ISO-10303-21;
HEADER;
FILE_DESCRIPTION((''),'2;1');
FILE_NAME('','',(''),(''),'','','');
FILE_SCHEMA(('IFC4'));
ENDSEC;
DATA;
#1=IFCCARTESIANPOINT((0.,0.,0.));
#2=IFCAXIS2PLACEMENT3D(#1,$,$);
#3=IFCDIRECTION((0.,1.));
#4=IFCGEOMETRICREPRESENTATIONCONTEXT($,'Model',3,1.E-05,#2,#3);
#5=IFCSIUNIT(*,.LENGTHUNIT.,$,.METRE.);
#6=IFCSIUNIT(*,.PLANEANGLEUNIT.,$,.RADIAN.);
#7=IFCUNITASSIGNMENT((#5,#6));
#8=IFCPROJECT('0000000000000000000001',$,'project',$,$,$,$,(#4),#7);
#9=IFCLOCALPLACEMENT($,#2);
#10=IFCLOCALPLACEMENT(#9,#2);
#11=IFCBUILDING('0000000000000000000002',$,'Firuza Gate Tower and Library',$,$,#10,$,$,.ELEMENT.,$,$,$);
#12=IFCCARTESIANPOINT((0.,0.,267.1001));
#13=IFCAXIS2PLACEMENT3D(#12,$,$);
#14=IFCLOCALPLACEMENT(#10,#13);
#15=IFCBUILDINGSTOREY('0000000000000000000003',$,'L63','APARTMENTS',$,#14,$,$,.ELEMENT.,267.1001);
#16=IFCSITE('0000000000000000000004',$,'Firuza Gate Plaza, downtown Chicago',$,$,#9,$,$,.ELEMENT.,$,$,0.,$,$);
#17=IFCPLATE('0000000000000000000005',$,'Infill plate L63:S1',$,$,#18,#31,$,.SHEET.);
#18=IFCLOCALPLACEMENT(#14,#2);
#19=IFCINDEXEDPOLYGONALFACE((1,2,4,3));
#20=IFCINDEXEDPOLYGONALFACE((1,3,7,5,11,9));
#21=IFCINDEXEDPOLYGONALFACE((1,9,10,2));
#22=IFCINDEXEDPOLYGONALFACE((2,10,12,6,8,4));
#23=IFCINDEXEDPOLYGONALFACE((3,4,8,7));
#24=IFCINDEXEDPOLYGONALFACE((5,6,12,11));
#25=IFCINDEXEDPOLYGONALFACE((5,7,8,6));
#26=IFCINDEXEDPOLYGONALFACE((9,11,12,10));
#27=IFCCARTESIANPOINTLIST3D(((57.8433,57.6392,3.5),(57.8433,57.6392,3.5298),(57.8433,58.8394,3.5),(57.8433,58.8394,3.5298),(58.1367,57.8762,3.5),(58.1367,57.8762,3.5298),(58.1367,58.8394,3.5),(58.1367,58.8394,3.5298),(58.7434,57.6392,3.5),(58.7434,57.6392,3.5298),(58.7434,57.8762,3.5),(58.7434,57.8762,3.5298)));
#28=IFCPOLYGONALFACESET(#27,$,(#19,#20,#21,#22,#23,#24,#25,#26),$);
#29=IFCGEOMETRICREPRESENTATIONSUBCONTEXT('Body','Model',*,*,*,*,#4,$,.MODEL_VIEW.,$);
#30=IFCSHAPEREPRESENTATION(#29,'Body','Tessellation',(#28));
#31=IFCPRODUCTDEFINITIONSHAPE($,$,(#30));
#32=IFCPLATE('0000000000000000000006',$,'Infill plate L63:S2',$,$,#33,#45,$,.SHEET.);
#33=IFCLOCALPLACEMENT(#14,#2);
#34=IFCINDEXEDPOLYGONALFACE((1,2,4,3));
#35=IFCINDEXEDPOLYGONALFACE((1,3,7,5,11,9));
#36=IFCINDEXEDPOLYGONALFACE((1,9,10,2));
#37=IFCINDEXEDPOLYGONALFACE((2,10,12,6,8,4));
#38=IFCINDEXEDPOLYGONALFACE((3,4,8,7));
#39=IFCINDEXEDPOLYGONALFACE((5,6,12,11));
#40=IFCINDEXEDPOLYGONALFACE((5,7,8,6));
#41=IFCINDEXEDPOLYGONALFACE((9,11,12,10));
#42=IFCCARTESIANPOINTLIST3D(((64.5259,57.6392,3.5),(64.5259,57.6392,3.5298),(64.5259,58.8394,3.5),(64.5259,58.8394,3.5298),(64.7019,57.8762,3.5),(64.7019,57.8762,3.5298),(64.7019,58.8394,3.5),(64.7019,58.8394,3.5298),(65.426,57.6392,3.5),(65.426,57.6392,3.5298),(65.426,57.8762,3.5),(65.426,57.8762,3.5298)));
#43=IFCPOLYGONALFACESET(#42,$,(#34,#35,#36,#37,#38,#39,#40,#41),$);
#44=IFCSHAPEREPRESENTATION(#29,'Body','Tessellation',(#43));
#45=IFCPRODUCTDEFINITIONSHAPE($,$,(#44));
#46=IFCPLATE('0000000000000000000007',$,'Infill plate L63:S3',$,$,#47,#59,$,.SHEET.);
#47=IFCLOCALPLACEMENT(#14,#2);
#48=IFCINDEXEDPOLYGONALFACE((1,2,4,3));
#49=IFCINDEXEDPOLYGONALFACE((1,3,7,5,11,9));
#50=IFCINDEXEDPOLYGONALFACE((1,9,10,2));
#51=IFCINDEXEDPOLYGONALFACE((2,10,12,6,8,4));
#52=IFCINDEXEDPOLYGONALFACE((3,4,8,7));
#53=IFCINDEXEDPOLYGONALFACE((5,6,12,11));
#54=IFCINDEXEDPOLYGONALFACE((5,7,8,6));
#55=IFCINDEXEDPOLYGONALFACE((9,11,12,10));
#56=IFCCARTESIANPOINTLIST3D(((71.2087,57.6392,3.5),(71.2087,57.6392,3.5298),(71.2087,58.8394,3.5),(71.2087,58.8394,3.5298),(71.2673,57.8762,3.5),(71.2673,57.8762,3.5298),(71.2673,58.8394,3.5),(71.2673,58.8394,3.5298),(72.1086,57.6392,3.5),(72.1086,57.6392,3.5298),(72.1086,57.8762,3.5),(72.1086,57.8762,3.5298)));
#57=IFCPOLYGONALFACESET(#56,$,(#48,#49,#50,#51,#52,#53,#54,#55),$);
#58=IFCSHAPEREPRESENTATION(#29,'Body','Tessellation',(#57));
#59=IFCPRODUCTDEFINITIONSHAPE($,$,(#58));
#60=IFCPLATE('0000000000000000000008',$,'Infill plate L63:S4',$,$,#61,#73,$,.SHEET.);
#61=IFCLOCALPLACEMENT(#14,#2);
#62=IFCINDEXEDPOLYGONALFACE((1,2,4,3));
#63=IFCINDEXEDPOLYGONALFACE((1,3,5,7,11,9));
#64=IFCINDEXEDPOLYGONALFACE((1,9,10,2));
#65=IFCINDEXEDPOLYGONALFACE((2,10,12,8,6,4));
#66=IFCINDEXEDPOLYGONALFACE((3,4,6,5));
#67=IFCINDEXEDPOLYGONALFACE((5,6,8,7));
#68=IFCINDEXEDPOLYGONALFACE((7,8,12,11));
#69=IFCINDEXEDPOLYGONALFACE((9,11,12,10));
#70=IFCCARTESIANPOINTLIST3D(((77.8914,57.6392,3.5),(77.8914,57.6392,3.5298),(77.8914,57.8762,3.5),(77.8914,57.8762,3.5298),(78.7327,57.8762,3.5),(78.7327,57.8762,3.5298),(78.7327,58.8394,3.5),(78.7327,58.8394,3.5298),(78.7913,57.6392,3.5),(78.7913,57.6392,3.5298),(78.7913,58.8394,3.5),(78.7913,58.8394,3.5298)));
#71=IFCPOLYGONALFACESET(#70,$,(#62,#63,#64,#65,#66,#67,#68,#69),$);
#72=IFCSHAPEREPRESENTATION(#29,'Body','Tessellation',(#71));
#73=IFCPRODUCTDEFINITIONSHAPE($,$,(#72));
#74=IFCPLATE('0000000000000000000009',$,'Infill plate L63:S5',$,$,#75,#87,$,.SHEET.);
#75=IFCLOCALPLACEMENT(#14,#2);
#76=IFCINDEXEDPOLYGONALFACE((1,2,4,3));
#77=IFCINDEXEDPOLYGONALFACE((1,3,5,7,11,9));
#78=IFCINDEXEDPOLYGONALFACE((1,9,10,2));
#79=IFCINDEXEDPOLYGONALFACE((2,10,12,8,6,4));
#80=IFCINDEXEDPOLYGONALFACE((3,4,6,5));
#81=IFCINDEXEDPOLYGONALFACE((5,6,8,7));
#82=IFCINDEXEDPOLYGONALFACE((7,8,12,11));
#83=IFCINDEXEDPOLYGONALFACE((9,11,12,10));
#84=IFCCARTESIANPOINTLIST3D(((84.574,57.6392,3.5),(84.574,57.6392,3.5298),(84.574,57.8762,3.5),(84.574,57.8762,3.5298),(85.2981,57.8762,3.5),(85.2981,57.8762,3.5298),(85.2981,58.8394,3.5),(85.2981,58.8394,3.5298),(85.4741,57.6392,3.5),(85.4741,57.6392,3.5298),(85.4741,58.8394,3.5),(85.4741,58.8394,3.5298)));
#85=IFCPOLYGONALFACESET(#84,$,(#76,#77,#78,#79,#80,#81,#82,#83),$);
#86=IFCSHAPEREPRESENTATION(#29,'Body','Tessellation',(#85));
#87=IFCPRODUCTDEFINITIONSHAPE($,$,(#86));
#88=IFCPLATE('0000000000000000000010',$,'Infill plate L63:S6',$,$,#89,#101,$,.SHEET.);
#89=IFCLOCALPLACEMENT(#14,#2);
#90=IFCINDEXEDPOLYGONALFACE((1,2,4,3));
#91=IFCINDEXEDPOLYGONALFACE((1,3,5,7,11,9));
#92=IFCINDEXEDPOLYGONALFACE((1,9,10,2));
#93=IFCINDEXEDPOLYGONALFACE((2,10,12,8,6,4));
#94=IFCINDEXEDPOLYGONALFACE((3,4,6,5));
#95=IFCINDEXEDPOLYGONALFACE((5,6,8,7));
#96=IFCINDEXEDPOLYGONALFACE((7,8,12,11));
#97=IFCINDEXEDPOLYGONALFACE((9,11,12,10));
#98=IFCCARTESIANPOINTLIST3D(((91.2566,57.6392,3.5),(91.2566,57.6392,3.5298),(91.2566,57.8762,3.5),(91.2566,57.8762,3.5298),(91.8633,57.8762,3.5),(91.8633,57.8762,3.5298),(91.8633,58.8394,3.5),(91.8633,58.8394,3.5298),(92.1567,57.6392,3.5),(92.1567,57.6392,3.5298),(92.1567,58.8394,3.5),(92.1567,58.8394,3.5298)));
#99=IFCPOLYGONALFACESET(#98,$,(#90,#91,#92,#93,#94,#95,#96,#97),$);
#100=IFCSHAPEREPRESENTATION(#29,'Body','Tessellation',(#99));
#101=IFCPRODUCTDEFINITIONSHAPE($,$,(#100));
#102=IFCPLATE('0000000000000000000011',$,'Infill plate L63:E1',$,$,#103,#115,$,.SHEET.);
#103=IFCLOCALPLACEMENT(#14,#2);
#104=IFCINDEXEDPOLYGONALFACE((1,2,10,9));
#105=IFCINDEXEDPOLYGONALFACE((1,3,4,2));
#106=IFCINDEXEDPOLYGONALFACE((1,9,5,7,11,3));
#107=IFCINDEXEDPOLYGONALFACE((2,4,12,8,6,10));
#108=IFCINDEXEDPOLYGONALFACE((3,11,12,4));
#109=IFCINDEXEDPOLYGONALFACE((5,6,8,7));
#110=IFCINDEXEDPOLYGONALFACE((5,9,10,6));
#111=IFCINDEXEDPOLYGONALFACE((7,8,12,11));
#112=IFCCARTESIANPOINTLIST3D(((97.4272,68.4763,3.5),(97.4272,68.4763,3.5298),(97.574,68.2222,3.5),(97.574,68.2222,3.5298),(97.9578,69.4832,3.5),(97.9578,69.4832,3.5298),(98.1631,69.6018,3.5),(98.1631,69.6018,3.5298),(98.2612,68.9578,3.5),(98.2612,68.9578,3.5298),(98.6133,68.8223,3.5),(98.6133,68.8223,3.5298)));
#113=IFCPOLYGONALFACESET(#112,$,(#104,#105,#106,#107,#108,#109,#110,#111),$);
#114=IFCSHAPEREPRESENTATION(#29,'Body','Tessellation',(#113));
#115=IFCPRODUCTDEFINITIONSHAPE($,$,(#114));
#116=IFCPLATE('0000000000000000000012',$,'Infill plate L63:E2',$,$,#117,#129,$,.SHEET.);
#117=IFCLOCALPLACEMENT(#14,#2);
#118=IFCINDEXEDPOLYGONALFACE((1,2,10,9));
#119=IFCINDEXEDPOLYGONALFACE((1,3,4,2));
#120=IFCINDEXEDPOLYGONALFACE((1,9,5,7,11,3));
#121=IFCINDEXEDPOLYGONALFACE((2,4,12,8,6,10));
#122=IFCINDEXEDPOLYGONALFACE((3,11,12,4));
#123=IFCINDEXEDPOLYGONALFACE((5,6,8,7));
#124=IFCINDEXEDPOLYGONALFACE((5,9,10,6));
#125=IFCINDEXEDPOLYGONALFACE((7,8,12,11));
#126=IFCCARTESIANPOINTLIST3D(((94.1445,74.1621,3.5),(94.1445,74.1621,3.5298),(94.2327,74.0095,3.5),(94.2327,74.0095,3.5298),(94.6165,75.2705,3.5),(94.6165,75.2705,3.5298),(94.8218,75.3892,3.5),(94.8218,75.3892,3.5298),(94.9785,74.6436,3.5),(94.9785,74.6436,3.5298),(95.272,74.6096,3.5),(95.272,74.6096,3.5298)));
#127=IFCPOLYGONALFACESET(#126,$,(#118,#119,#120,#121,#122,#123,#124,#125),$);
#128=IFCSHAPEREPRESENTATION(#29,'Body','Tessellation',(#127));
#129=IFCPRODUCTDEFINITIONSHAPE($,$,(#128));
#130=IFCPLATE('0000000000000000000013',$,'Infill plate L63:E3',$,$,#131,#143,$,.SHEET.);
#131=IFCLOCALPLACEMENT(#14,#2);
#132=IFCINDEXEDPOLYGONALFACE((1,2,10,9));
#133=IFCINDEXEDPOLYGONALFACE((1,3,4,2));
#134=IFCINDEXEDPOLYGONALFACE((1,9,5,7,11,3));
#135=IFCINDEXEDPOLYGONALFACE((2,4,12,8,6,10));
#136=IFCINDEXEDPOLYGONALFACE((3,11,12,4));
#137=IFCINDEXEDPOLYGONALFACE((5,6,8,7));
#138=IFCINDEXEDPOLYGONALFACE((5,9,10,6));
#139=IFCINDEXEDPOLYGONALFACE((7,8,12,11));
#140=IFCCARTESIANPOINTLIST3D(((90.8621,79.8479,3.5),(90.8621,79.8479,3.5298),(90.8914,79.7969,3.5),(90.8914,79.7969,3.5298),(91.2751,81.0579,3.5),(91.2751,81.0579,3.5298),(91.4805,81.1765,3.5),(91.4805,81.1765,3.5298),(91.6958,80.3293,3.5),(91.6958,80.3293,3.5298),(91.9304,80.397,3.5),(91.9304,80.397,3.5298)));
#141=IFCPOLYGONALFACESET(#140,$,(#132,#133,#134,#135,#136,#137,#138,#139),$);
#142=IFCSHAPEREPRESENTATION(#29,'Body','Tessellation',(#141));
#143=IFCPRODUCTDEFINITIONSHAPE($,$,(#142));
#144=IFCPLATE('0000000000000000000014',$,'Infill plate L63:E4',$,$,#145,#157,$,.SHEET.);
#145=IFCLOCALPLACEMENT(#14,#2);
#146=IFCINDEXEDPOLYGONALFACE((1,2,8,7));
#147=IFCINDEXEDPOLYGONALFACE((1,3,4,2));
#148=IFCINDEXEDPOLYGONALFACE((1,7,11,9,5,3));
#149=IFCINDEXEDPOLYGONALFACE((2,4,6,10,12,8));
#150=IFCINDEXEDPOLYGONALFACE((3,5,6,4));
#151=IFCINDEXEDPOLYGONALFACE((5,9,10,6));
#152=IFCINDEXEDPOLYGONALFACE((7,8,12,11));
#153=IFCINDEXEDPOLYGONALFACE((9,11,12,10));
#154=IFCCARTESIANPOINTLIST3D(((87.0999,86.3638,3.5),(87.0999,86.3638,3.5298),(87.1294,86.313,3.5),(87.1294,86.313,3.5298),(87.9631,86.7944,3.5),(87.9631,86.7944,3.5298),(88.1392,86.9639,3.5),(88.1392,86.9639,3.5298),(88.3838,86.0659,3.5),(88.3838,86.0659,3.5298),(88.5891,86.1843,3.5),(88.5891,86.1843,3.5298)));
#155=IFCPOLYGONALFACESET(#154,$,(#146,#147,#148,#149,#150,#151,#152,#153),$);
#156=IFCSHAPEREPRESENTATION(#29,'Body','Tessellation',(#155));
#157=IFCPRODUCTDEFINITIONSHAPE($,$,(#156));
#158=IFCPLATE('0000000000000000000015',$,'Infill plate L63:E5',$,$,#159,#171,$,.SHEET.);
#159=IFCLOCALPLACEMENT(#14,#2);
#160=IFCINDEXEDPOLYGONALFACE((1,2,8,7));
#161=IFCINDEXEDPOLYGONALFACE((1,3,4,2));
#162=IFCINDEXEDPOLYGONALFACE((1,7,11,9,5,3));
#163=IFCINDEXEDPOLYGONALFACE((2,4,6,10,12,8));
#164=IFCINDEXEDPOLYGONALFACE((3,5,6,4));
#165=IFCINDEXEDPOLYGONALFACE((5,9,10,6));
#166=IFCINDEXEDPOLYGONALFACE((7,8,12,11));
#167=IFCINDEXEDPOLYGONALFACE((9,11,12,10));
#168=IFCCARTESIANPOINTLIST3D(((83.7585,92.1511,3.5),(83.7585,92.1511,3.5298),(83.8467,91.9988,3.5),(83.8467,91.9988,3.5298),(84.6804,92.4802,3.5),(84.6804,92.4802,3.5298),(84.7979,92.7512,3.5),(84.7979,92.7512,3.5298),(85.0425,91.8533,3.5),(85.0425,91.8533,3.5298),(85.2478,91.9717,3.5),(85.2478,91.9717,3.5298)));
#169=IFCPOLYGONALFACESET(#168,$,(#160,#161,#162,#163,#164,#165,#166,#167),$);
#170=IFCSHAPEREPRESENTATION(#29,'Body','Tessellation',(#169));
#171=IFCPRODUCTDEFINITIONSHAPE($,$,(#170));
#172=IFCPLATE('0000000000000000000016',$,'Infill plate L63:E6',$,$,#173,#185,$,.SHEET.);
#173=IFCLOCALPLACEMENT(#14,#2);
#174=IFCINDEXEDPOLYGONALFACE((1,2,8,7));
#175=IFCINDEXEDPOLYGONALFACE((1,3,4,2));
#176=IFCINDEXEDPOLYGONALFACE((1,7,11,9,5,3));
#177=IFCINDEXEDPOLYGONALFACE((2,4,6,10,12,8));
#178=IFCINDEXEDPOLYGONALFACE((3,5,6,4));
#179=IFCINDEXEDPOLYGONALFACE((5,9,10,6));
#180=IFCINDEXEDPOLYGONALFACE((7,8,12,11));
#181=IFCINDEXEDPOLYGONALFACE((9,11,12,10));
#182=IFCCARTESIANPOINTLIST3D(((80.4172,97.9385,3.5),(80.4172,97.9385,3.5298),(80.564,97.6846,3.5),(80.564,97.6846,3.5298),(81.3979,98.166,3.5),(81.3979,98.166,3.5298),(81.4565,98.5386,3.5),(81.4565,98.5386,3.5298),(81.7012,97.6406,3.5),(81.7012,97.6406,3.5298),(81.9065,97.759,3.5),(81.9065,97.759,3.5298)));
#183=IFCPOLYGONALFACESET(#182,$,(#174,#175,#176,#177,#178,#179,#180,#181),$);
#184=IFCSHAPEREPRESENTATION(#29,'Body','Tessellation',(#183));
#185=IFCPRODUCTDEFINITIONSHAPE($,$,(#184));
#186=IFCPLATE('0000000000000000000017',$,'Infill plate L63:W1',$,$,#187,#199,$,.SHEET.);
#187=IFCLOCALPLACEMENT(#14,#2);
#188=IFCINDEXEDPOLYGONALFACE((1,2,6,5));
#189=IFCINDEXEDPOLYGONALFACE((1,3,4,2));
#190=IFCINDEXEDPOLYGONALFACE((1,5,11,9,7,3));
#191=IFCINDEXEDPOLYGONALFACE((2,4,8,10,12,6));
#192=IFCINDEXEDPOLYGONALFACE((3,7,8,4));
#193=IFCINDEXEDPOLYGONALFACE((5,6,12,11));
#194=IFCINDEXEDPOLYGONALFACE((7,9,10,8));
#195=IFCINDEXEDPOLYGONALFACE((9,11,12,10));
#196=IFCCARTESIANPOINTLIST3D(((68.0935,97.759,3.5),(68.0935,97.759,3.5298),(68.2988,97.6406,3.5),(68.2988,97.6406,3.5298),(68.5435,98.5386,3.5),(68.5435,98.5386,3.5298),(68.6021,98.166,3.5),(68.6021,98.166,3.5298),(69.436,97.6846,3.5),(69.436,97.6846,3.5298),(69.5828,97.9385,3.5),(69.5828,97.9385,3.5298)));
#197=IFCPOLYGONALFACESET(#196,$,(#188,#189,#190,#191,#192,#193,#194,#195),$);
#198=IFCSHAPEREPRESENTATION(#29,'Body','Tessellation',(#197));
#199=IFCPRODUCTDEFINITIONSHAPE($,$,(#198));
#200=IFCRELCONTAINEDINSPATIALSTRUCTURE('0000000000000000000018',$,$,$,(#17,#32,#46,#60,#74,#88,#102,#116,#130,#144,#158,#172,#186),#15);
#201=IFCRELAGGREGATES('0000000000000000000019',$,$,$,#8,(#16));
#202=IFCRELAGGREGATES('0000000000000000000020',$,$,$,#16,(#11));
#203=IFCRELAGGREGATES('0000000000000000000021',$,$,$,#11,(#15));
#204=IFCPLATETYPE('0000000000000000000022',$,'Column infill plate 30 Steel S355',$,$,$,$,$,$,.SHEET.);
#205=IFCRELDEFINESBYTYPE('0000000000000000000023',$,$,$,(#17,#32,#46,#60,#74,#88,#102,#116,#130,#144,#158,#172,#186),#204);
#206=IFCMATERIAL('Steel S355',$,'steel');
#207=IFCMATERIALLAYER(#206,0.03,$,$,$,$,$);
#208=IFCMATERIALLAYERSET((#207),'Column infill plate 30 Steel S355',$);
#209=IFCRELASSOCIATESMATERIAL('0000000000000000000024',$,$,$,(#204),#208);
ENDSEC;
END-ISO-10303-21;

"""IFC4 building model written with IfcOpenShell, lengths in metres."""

from ifc_helpers import new_model, si_unit, direction, frame, origin, place, context, subcontext, project, spatial, polyline, outline, extrude, material, layer, layer_set, type_object, element, save


model = new_model("IFC4")

# Units and contexts
model_context = context("Model", 3, precision=1e-05, world=origin(), true_north=direction((0.0, 1.0)))
body_context = subcontext(model_context, "Body", "Model", "MODEL_VIEW")
ifc_project = project(units=[si_unit("LENGTHUNIT", "METRE"), si_unit("PLANEANGLEUNIT", "RADIAN")], contexts=[model_context])

# Site, building, storey
site_placement = place(None, origin())
site = spatial("IfcSite", under=ifc_project, at=site_placement, Name="Firuza Gate Plaza, downtown Chicago", CompositionType="ELEMENT", RefElevation=0.0)
building_placement = place(site_placement, origin())
building = spatial("IfcBuilding", under=site, at=building_placement, Name="Firuza Gate Tower and Library", CompositionType="ELEMENT")
storey_placement = place(building_placement, frame((0.0, 0.0, 267.1001)))
storey = spatial("IfcBuildingStorey", under=building, at=storey_placement, Name="L63", Description="APARTMENTS", CompositionType="ELEMENT", Elevation=267.1001)

# Plates
ifc_material_1 = material(Name="Steel S355", Category="steel")
ifc_layer_1 = layer(ifc_material_1, 0.03)
ifc_layer_set_1 = layer_set([ifc_layer_1], Name="Column infill plate 30 Steel S355")
plate_type = type_object("IfcPlateType", Name="Column infill plate 30 Steel S355", PredefinedType="SHEET", material=ifc_layer_set_1)
placement_1 = place(storey_placement, frame((0.0, 0.0, 3.5)))
element("IfcPlate", 1, at=placement_1, inside=storey, type_object=plate_type, Name="Infill plate L63:S1", PredefinedType="SHEET", context=body_context, shape_type="SweptSolid", body=[
    extrude(outline(polyline([(58.7434, 57.6392), (58.7434, 57.8762), (58.1367, 57.8762), (58.1367, 58.8394), (57.8433, 58.8394), (57.8433, 57.6392), (58.7434, 57.6392)])), origin(), (0.0, 0.0, 1.0), 0.0298),
])
element("IfcPlate", 2, at=placement_1, inside=storey, type_object=plate_type, Name="Infill plate L63:S2", PredefinedType="SHEET", context=body_context, shape_type="SweptSolid", body=[
    extrude(outline(polyline([(65.426, 57.6392), (65.426, 57.8762), (64.7019, 57.8762), (64.7019, 58.8394), (64.5259, 58.8394), (64.5259, 57.6392), (65.426, 57.6392)])), origin(), (0.0, 0.0, 1.0), 0.0298),
])
element("IfcPlate", 3, at=placement_1, inside=storey, type_object=plate_type, Name="Infill plate L63:S3", PredefinedType="SHEET", context=body_context, shape_type="SweptSolid", body=[
    extrude(outline(polyline([(72.1086, 57.6392), (72.1086, 57.8762), (71.2673, 57.8762), (71.2673, 58.8394), (71.2087, 58.8394), (71.2087, 57.6392), (72.1086, 57.6392)])), origin(), (0.0, 0.0, 1.0), 0.0298),
])
element("IfcPlate", 4, at=placement_1, inside=storey, type_object=plate_type, Name="Infill plate L63:S4", PredefinedType="SHEET", context=body_context, shape_type="SweptSolid", body=[
    extrude(outline(polyline([(78.7913, 58.8394), (78.7327, 58.8394), (78.7327, 57.8762), (77.8914, 57.8762), (77.8914, 57.6392), (78.7913, 57.6392), (78.7913, 58.8394)])), origin(), (0.0, 0.0, 1.0), 0.0298),
])
element("IfcPlate", 5, at=placement_1, inside=storey, type_object=plate_type, Name="Infill plate L63:S5", PredefinedType="SHEET", context=body_context, shape_type="SweptSolid", body=[
    extrude(outline(polyline([(85.4741, 58.8394), (85.2981, 58.8394), (85.2981, 57.8762), (84.574, 57.8762), (84.574, 57.6392), (85.4741, 57.6392), (85.4741, 58.8394)])), origin(), (0.0, 0.0, 1.0), 0.0298),
])
element("IfcPlate", 6, at=placement_1, inside=storey, type_object=plate_type, Name="Infill plate L63:S6", PredefinedType="SHEET", context=body_context, shape_type="SweptSolid", body=[
    extrude(outline(polyline([(92.1567, 58.8394), (91.8633, 58.8394), (91.8633, 57.8762), (91.2566, 57.8762), (91.2566, 57.6392), (92.1567, 57.6392), (92.1567, 58.8394)])), origin(), (0.0, 0.0, 1.0), 0.0298),
])
element("IfcPlate", 7, at=placement_1, inside=storey, type_object=plate_type, Name="Infill plate L63:E1", PredefinedType="SHEET", context=body_context, shape_type="SweptSolid", body=[
    extrude(outline(polyline([(98.1631, 69.6018), (97.9578, 69.4832), (98.2612, 68.9578), (97.4272, 68.4763), (97.574, 68.2222), (98.6133, 68.8223), (98.1631, 69.6018)])), origin(), (0.0, 0.0, 1.0), 0.0298),
])
element("IfcPlate", 8, at=placement_1, inside=storey, type_object=plate_type, Name="Infill plate L63:E2", PredefinedType="SHEET", context=body_context, shape_type="SweptSolid", body=[
    extrude(outline(polyline([(94.8218, 75.3892), (94.6165, 75.2705), (94.9785, 74.6436), (94.1445, 74.1621), (94.2327, 74.0095), (95.272, 74.6096), (94.8218, 75.3892)])), origin(), (0.0, 0.0, 1.0), 0.0298),
])
element("IfcPlate", 9, at=placement_1, inside=storey, type_object=plate_type, Name="Infill plate L63:E3", PredefinedType="SHEET", context=body_context, shape_type="SweptSolid", body=[
    extrude(outline(polyline([(91.4805, 81.1765), (91.2751, 81.0579), (91.6958, 80.3293), (90.8621, 79.8479), (90.8914, 79.7969), (91.9304, 80.397), (91.4805, 81.1765)])), origin(), (0.0, 0.0, 1.0), 0.0298),
])
element("IfcPlate", 10, at=placement_1, inside=storey, type_object=plate_type, Name="Infill plate L63:E4", PredefinedType="SHEET", context=body_context, shape_type="SweptSolid", body=[
    extrude(outline(polyline([(87.0999, 86.3638), (87.1294, 86.313), (87.9631, 86.7944), (88.3838, 86.0659), (88.5891, 86.1843), (88.1392, 86.9639), (87.0999, 86.3638)])), origin(), (0.0, 0.0, 1.0), 0.0298),
])
element("IfcPlate", 11, at=placement_1, inside=storey, type_object=plate_type, Name="Infill plate L63:E5", PredefinedType="SHEET", context=body_context, shape_type="SweptSolid", body=[
    extrude(outline(polyline([(83.7585, 92.1511), (83.8467, 91.9988), (84.6804, 92.4802), (85.0425, 91.8533), (85.2478, 91.9717), (84.7979, 92.7512), (83.7585, 92.1511)])), origin(), (0.0, 0.0, 1.0), 0.0298),
])
element("IfcPlate", 12, at=placement_1, inside=storey, type_object=plate_type, Name="Infill plate L63:E6", PredefinedType="SHEET", context=body_context, shape_type="SweptSolid", body=[
    extrude(outline(polyline([(80.4172, 97.9385), (80.564, 97.6846), (81.3979, 98.166), (81.7012, 97.6406), (81.9065, 97.759), (81.4565, 98.5386), (80.4172, 97.9385)])), origin(), (0.0, 0.0, 1.0), 0.0298),
])
element("IfcPlate", 13, at=placement_1, inside=storey, type_object=plate_type, Name="Infill plate L63:W1", PredefinedType="SHEET", context=body_context, shape_type="SweptSolid", body=[
    extrude(outline(polyline([(68.0935, 97.759), (68.2988, 97.6406), (68.6021, 98.166), (69.436, 97.6846), (69.5828, 97.9385), (68.5435, 98.5386), (68.0935, 97.759)])), origin(), (0.0, 0.0, 1.0), 0.0298),
])

save(model, "model.ifc")
